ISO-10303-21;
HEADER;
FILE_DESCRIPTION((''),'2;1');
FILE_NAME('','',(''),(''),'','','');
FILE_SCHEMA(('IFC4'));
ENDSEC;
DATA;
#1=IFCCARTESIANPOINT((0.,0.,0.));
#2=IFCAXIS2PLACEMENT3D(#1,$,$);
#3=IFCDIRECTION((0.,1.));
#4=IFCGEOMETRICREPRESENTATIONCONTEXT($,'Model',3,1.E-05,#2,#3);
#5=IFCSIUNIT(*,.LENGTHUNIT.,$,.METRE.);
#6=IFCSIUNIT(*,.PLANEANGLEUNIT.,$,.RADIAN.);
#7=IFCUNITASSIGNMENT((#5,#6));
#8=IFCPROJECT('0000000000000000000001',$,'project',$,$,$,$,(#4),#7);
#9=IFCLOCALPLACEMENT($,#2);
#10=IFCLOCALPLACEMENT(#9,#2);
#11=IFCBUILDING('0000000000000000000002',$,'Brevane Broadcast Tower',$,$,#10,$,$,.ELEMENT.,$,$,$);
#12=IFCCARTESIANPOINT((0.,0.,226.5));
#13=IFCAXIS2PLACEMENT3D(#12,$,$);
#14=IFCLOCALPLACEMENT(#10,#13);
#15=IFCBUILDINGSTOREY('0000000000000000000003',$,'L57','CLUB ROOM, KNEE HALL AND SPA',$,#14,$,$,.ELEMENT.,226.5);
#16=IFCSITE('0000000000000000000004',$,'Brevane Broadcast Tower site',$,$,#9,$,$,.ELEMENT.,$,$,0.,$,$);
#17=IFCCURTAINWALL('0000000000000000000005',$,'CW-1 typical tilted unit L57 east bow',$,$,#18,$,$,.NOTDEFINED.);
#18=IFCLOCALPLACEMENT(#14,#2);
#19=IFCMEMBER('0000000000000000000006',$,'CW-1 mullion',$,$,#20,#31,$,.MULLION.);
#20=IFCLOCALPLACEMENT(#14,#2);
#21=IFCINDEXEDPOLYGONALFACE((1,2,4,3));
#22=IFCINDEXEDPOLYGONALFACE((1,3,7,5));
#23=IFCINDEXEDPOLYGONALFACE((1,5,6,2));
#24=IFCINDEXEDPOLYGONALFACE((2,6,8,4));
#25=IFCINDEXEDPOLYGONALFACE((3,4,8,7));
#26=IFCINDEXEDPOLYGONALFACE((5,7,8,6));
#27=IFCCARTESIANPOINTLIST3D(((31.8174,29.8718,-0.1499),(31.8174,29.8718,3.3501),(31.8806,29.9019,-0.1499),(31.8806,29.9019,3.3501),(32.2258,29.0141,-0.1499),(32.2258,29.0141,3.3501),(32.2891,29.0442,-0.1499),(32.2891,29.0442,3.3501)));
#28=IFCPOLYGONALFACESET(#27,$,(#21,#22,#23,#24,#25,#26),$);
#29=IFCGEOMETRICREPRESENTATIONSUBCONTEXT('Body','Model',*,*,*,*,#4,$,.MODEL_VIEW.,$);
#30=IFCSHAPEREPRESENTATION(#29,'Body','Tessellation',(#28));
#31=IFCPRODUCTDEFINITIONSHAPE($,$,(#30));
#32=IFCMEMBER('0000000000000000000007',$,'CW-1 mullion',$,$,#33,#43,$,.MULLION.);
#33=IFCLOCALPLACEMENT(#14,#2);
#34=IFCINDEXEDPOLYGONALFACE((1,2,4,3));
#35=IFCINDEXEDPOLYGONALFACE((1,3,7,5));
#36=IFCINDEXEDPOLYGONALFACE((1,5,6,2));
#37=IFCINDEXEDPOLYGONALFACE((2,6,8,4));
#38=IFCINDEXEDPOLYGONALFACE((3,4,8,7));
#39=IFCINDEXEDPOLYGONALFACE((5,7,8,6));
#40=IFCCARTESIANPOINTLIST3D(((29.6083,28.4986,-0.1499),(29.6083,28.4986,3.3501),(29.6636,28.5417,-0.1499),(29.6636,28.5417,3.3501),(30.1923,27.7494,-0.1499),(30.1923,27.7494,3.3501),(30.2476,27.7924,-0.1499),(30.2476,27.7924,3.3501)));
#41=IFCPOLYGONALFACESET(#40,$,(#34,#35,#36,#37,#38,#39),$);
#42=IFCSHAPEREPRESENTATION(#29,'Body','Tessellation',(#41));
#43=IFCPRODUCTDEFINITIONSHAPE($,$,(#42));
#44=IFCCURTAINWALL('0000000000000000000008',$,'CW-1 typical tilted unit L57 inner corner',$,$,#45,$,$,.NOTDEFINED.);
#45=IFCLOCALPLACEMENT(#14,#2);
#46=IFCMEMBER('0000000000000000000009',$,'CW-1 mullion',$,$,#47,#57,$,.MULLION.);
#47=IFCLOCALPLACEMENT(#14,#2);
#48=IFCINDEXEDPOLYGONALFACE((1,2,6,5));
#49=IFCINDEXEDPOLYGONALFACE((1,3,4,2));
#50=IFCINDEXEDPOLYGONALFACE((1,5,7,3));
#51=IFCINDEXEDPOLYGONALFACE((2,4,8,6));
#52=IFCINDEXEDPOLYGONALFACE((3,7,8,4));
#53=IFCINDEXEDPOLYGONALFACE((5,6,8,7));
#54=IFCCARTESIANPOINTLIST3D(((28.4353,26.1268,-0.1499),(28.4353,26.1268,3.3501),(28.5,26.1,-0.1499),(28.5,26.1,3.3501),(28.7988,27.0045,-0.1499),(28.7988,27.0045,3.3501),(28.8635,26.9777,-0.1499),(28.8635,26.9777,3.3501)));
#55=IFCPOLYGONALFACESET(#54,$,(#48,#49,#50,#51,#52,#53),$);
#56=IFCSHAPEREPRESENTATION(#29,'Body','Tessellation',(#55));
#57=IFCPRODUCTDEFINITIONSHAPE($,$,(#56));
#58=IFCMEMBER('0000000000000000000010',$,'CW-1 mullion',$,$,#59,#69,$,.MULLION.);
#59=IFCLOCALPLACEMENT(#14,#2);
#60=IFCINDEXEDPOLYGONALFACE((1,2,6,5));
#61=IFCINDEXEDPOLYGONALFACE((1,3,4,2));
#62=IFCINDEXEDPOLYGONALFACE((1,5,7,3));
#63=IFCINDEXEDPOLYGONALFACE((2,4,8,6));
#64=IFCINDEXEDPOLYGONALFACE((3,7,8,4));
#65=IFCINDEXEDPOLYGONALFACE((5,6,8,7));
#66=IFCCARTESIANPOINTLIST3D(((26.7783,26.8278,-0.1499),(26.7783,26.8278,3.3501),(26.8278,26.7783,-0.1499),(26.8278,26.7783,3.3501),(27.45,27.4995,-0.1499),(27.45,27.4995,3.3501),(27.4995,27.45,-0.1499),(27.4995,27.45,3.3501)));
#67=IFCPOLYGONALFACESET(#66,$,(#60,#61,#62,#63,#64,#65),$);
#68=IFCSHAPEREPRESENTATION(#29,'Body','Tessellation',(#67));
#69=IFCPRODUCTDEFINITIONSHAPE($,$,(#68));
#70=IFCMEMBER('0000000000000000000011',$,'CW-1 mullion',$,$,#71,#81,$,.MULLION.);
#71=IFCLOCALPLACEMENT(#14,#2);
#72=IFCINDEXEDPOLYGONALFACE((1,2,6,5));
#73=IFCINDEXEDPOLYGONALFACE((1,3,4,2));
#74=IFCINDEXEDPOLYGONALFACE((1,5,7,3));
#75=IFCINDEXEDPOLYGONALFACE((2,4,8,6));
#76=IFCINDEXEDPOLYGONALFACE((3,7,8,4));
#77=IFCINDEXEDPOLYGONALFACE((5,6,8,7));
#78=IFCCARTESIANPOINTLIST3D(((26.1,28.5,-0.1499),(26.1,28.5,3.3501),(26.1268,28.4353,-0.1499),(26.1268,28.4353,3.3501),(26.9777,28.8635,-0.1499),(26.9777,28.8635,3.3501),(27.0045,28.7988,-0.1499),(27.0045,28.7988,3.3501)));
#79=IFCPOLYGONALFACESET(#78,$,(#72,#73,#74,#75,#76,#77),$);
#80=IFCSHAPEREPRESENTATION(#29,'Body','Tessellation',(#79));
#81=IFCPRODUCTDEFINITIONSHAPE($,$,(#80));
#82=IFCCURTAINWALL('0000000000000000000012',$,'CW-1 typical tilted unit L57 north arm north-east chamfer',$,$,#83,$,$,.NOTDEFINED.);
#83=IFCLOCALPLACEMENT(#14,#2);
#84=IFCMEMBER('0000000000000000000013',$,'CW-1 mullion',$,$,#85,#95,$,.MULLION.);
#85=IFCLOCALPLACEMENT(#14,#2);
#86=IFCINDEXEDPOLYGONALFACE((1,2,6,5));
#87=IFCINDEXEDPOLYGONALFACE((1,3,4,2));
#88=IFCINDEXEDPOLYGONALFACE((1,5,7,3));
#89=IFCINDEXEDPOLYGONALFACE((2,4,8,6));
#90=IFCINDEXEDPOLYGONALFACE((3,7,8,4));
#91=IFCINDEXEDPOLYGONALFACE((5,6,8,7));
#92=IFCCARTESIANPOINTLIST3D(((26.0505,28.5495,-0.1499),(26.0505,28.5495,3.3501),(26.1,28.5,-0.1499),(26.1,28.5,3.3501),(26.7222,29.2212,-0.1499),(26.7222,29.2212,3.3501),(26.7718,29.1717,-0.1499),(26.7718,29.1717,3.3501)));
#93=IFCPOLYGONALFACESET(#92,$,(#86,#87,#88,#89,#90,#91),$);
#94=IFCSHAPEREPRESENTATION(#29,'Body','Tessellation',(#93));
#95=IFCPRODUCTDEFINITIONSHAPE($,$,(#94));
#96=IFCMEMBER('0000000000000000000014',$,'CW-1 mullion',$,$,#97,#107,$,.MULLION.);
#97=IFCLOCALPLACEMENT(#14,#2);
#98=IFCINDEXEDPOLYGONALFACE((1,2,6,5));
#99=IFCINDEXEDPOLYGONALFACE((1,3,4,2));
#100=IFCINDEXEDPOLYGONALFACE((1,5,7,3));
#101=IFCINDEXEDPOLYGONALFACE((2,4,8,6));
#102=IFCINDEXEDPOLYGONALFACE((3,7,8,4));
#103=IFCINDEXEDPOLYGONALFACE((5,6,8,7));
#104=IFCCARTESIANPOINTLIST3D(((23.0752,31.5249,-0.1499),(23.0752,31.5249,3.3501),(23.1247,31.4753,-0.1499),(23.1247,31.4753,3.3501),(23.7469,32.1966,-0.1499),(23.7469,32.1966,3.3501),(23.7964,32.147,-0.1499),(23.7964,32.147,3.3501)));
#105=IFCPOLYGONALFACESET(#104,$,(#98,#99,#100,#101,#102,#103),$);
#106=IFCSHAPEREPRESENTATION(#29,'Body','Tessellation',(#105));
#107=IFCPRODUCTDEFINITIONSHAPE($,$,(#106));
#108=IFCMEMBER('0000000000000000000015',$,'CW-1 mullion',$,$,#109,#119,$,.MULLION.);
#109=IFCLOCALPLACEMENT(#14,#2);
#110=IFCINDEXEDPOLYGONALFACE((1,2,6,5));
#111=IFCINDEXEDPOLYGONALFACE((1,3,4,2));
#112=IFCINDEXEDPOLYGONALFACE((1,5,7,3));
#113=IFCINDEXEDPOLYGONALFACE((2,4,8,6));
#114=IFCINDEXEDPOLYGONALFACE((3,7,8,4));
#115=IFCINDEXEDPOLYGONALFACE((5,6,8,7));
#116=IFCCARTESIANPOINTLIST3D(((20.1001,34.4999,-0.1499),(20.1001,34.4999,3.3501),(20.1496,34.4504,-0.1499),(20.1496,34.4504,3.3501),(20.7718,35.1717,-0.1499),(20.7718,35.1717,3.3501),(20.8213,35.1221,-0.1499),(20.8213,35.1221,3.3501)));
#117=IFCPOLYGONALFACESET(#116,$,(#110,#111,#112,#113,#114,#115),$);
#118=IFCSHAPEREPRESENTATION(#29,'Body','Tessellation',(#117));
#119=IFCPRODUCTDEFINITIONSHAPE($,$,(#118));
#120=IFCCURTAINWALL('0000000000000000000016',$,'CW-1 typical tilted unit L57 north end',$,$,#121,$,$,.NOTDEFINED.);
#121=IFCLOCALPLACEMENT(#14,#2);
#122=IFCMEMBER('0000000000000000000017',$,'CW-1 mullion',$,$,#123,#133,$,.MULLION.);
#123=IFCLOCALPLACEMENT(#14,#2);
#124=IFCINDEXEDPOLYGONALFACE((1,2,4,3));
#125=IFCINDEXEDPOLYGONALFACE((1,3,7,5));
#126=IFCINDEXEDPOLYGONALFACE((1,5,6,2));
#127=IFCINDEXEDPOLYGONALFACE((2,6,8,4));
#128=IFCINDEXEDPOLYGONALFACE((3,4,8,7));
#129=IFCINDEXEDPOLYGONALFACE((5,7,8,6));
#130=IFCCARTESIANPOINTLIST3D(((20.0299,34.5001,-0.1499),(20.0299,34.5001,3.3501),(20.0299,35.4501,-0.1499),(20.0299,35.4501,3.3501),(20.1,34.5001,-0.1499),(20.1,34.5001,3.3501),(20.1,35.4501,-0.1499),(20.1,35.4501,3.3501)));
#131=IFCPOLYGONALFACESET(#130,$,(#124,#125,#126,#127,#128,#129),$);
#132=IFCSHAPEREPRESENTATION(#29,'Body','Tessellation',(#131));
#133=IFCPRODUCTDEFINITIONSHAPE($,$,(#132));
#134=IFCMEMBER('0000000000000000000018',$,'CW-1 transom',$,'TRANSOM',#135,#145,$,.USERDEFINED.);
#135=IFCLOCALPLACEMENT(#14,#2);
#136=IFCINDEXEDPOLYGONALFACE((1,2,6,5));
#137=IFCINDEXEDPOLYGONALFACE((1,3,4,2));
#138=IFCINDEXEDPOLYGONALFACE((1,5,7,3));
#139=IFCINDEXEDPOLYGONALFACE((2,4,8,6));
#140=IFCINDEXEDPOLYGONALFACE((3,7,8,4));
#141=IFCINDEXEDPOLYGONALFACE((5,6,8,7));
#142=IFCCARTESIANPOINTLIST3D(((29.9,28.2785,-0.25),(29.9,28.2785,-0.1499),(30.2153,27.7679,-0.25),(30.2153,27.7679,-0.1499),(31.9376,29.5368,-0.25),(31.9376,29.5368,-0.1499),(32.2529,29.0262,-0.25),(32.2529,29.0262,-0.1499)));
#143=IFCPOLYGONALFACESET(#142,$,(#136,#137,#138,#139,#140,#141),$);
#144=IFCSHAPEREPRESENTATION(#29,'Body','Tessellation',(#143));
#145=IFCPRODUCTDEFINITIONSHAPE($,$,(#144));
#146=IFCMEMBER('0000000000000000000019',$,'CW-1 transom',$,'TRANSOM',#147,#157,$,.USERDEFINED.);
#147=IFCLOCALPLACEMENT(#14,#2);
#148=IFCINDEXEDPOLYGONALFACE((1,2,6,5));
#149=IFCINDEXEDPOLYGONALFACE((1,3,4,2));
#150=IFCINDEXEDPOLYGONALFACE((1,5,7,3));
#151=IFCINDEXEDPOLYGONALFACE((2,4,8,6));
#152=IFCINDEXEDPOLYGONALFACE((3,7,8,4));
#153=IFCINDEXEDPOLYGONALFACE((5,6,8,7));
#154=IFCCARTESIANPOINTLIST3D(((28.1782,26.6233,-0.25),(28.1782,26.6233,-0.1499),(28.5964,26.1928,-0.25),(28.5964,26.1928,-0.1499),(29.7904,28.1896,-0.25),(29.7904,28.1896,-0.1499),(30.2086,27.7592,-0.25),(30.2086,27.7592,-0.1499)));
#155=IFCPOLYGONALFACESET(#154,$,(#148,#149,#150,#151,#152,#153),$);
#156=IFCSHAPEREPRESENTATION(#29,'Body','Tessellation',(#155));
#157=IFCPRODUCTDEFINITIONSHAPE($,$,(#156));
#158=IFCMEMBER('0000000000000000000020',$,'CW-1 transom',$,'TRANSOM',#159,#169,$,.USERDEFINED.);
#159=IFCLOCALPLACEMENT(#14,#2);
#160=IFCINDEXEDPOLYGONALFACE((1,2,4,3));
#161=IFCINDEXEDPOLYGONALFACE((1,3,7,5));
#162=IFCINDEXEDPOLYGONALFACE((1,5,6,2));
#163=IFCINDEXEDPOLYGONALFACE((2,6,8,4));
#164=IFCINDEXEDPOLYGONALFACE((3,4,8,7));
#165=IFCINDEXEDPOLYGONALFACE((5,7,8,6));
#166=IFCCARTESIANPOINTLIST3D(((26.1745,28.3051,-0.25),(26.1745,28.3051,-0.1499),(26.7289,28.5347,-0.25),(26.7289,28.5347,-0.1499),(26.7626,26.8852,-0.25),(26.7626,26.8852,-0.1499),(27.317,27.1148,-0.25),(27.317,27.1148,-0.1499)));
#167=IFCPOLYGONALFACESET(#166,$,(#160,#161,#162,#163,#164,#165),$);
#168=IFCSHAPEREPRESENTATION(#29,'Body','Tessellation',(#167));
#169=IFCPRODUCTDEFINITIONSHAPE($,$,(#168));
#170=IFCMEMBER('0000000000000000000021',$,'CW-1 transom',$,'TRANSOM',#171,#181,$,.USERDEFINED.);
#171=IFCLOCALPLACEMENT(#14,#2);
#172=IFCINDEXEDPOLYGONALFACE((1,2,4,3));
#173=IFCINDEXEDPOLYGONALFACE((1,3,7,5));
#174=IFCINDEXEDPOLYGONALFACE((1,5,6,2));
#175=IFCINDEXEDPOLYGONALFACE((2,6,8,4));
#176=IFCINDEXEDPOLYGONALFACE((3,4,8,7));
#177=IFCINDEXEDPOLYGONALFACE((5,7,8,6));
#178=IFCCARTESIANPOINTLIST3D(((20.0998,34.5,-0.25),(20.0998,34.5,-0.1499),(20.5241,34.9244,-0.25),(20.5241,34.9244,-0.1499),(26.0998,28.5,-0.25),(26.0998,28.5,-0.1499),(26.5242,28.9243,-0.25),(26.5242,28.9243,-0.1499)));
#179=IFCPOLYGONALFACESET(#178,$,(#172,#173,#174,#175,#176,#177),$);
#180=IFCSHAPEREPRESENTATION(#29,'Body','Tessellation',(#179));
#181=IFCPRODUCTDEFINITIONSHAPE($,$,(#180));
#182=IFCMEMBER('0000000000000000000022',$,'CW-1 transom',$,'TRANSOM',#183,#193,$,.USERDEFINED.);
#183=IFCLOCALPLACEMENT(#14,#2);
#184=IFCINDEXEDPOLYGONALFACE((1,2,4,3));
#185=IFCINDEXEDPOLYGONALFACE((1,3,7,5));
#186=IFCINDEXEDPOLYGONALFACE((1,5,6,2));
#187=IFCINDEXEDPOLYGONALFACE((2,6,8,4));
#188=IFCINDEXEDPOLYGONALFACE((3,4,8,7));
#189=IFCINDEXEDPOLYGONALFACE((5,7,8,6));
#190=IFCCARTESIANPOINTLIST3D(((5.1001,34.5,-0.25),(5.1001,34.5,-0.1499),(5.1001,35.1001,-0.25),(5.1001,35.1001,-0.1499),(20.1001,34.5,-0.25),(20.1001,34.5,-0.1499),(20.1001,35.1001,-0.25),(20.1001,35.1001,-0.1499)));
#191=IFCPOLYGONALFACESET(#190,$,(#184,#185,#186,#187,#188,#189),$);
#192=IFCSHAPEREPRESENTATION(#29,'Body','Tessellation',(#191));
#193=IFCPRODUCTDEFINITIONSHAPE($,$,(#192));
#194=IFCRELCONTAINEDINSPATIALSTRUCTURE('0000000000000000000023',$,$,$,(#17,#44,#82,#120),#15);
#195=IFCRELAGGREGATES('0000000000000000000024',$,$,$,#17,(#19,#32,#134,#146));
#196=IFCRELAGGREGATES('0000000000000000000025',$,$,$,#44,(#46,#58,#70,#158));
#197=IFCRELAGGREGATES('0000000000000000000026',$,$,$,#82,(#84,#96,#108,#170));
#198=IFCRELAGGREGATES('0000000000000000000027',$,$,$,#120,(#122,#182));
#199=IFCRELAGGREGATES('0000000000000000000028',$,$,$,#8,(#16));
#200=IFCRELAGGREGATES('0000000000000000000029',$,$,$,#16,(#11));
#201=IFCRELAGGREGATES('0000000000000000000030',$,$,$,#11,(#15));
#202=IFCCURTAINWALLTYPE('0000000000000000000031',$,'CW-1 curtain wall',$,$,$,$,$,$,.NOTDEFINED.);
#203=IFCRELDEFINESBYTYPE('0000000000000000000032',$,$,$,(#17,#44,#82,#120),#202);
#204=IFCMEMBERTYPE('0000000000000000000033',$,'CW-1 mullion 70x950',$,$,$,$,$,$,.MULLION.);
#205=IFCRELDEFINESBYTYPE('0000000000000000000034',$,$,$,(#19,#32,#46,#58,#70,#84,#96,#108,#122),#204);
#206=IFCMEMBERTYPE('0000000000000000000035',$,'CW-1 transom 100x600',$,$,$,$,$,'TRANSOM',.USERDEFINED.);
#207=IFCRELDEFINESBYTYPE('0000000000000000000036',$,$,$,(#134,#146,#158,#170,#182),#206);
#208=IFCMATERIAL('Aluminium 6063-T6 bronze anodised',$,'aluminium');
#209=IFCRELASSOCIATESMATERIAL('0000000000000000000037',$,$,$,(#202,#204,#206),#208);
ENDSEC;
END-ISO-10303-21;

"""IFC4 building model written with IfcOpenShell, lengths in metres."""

from ifc_helpers import new_model, si_unit, direction, frame, origin, origin_2d, place, context, subcontext, project, spatial, rectangle, extrude, material, material_profile, profile_set, type_object, element, aggregate, save


model = new_model("IFC4")

# Units and contexts
model_context = context("Model", 3, precision=1e-05, world=origin(), true_north=direction((0.0, 1.0)))
body_context = subcontext(model_context, "Body", "Model", "MODEL_VIEW")
ifc_project = project(units=[si_unit("LENGTHUNIT", "METRE"), si_unit("PLANEANGLEUNIT", "RADIAN")], contexts=[model_context])

# Site, building, storey
site_placement = place(None, origin())
site = spatial("IfcSite", under=ifc_project, at=site_placement, Name="Brevane Broadcast Tower site", CompositionType="ELEMENT", RefElevation=0.0)
building_placement = place(site_placement, origin())
building = spatial("IfcBuilding", under=site, at=building_placement, Name="Brevane Broadcast Tower", CompositionType="ELEMENT")
storey_placement = place(building_placement, frame((0.0, 0.0, 226.5)))
storey = spatial("IfcBuildingStorey", under=building, at=storey_placement, Name="L57", Description="CLUB ROOM, KNEE HALL AND SPA", CompositionType="ELEMENT", Elevation=226.5)

# Curtain walls, members
ifc_material_1 = material(Name="Aluminium 6063-T6 bronze anodised", Category="aluminium")
curtain_wall_type = type_object("IfcCurtainWallType", Name="CW-1 curtain wall", PredefinedType="NOTDEFINED", material=ifc_material_1)
curtain_wall_1_placement = place(storey_placement, origin())
curtain_wall_1 = element("IfcCurtainWall", 1, at=curtain_wall_1_placement, inside=storey, type_object=curtain_wall_type, Name="CW-1 typical tilted unit L57 east bow", PredefinedType="NOTDEFINED")
ifc_material_profile_1 = material_profile(ifc_material_1, rectangle(XDim=0.95, YDim=0.0701, at=origin_2d()), Name="RECT 70x950")
ifc_profile_set_1 = profile_set([ifc_material_profile_1], Name="Aluminium 6063-T6 bronze anodised")
member_type_1 = type_object("IfcMemberType", Name="CW-1 mullion 70x950", PredefinedType="MULLION", material=ifc_profile_set_1)
member_1_placement = place(storey_placement, frame((32.0532, 29.458, -0.1499), z_axis=(0.0, 0.0, 1.0), x_axis=(0.429934, -0.902861, 0.0)))
member_1 = element("IfcMember", 2, at=member_1_placement, type_object=member_type_1, Name="CW-1 mullion", PredefinedType="MULLION", context=body_context, shape_type="SweptSolid", body=[
    extrude(rectangle(XDim=0.95, YDim=0.0701, at=origin_2d()), origin(), (0.0, 0.0, 1.0), 3.5),
])
member_2_placement = place(storey_placement, frame((29.928, 28.1455, -0.1499), z_axis=(0.0, 0.0, 1.0), x_axis=(0.61477, -0.788707, 0.0)))
member_2 = element("IfcMember", 3, at=member_2_placement, type_object=member_type_1, Name="CW-1 mullion", PredefinedType="MULLION", context=body_context, shape_type="SweptSolid", body=[
    extrude(rectangle(XDim=0.95, YDim=0.0701, at=origin_2d()), origin(), (0.0, 0.0, 1.0), 3.5),
])
curtain_wall_2_placement = place(storey_placement, origin())
curtain_wall_2 = element("IfcCurtainWall", 4, at=curtain_wall_2_placement, inside=storey, type_object=curtain_wall_type, Name="CW-1 typical tilted unit L57 inner corner", PredefinedType="NOTDEFINED")
member_3_placement = place(storey_placement, frame((28.6494, 26.5522, -0.1499), z_axis=(0.0, 0.0, 1.0), x_axis=(-0.382683, -0.92388, 0.0)))
member_3 = element("IfcMember", 5, at=member_3_placement, type_object=member_type_1, Name="CW-1 mullion", PredefinedType="MULLION", context=body_context, shape_type="SweptSolid", body=[
    extrude(rectangle(XDim=0.95, YDim=0.0701, at=origin_2d()), origin(), (0.0, 0.0, 1.0), 3.5),
])
member_4_placement = place(storey_placement, frame((27.1389, 27.1389, -0.1499), z_axis=(0.0, 0.0, 1.0), x_axis=(-0.707107, -0.707107, 0.0)))
member_4 = element("IfcMember", 6, at=member_4_placement, type_object=member_type_1, Name="CW-1 mullion", PredefinedType="MULLION", context=body_context, shape_type="SweptSolid", body=[
    extrude(rectangle(XDim=0.95, YDim=0.0701, at=origin_2d()), origin(), (0.0, 0.0, 1.0), 3.5),
])
member_5_placement = place(storey_placement, frame((26.5522, 28.6494, -0.1499), z_axis=(0.0, 0.0, 1.0), x_axis=(-0.92388, -0.382683, 0.0)))
member_5 = element("IfcMember", 7, at=member_5_placement, type_object=member_type_1, Name="CW-1 mullion", PredefinedType="MULLION", context=body_context, shape_type="SweptSolid", body=[
    extrude(rectangle(XDim=0.95, YDim=0.0701, at=origin_2d()), origin(), (0.0, 0.0, 1.0), 3.5),
])
curtain_wall_3_placement = place(storey_placement, origin())
curtain_wall_3 = element("IfcCurtainWall", 8, at=curtain_wall_3_placement, inside=storey, type_object=curtain_wall_type, Name="CW-1 typical tilted unit L57 north arm north-east chamfer", PredefinedType="NOTDEFINED")
member_6_placement = place(storey_placement, frame((26.4111, 28.8606, -0.1499), z_axis=(0.0, 0.0, 1.0), x_axis=(-0.707107, -0.707107, 0.0)))
member_6 = element("IfcMember", 9, at=member_6_placement, type_object=member_type_1, Name="CW-1 mullion", PredefinedType="MULLION", context=body_context, shape_type="SweptSolid", body=[
    extrude(rectangle(XDim=0.95, YDim=0.0701, at=origin_2d()), origin(), (0.0, 0.0, 1.0), 3.5),
])
member_7_placement = place(storey_placement, frame((23.4358, 31.8359, -0.1499), z_axis=(0.0, 0.0, 1.0), x_axis=(-0.707107, -0.707107, 0.0)))
member_7 = element("IfcMember", 10, at=member_7_placement, type_object=member_type_1, Name="CW-1 mullion", PredefinedType="MULLION", context=body_context, shape_type="SweptSolid", body=[
    extrude(rectangle(XDim=0.95, YDim=0.0701, at=origin_2d()), origin(), (0.0, 0.0, 1.0), 3.5),
])
member_8_placement = place(storey_placement, frame((20.4607, 34.811, -0.1499), z_axis=(0.0, 0.0, 1.0), x_axis=(-0.707107, -0.707107, 0.0)))
member_8 = element("IfcMember", 11, at=member_8_placement, type_object=member_type_1, Name="CW-1 mullion", PredefinedType="MULLION", context=body_context, shape_type="SweptSolid", body=[
    extrude(rectangle(XDim=0.95, YDim=0.0701, at=origin_2d()), origin(), (0.0, 0.0, 1.0), 3.5),
])

# Curtain wall, member
curtain_wall_4_placement = place(storey_placement, origin())
curtain_wall_4 = element("IfcCurtainWall", 12, at=curtain_wall_4_placement, inside=storey, type_object=curtain_wall_type, Name="CW-1 typical tilted unit L57 north end", PredefinedType="NOTDEFINED")
member_9_placement = place(storey_placement, frame((20.0649, 34.9751, -0.1499), z_axis=(0.0, 0.0, 1.0), x_axis=(0.0, -1.0, 0.0)))
member_9 = element("IfcMember", 13, at=member_9_placement, type_object=member_type_1, Name="CW-1 mullion", PredefinedType="MULLION", context=body_context, shape_type="SweptSolid", body=[
    extrude(rectangle(XDim=0.95, YDim=0.0701, at=origin_2d()), origin(), (0.0, 0.0, 1.0), 3.5),
])

# Members
ifc_material_profile_2 = material_profile(ifc_material_1, rectangle(XDim=0.6001, YDim=0.1001, at=origin_2d()), Name="RECT 100x600")
ifc_profile_set_2 = profile_set([ifc_material_profile_2], Name="Aluminium 6063-T6 bronze anodised")
member_type_2 = type_object("IfcMemberType", Name="CW-1 transom 100x600", ElementType="TRANSOM", PredefinedType="USERDEFINED", material=ifc_profile_set_2)
member_10_placement = place(storey_placement, frame((32.0952, 29.2815, -0.2), z_axis=(-0.850838, -0.525428, 0.0), x_axis=(0.525428, -0.850838, 0.0)))
member_10 = element("IfcMember", 14, at=member_10_placement, type_object=member_type_2, Name="CW-1 transom", ObjectType="TRANSOM", PredefinedType="USERDEFINED", context=body_context, shape_type="SweptSolid", body=[
    extrude(rectangle(XDim=0.6001, YDim=0.1001, at=origin_2d()), origin(), (0.0, 0.0, 1.0), 2.3948),
])
member_11_placement = place(storey_placement, frame((29.9995, 27.9744, -0.2), z_axis=(-0.717242, -0.696824, 0.0), x_axis=(0.696824, -0.717242, 0.0)))
member_11 = element("IfcMember", 15, at=member_11_placement, type_object=member_type_2, Name="CW-1 transom", ObjectType="TRANSOM", PredefinedType="USERDEFINED", context=body_context, shape_type="SweptSolid", body=[
    extrude(rectangle(XDim=0.6001, YDim=0.1001, at=origin_2d()), origin(), (0.0, 0.0, 1.0), 2.2478),
])
aggregate(curtain_wall_1, [member_1, member_2, member_10, member_11])
member_12_placement = place(storey_placement, frame((27.0398, 27.0, -0.2), z_axis=(-0.382674, 0.923883, 0.0), x_axis=(-0.923883, -0.382674, 0.0)))
member_12 = element("IfcMember", 16, at=member_12_placement, type_object=member_type_2, Name="CW-1 transom", ObjectType="TRANSOM", PredefinedType="USERDEFINED", context=body_context, shape_type="SweptSolid", body=[
    extrude(rectangle(XDim=0.6001, YDim=0.1001, at=origin_2d()), origin(), (0.0, 0.0, 1.0), 1.5369),
])
aggregate(curtain_wall_2, [member_3, member_4, member_5, member_12])
member_13_placement = place(storey_placement, frame((26.312, 28.7122, -0.2), z_axis=(-0.707107, 0.707107, 0.0), x_axis=(-0.707107, -0.707107, 0.0)))
member_13 = element("IfcMember", 17, at=member_13_placement, type_object=member_type_2, Name="CW-1 transom", ObjectType="TRANSOM", PredefinedType="USERDEFINED", context=body_context, shape_type="SweptSolid", body=[
    extrude(rectangle(XDim=0.6001, YDim=0.1001, at=origin_2d()), origin(), (0.0, 0.0, 1.0), 8.4854),
])
aggregate(curtain_wall_3, [member_6, member_7, member_8, member_13])
member_14_placement = place(storey_placement, frame((20.1001, 34.8, -0.2), z_axis=(-1.0, 0.0, 0.0), x_axis=(0.0, -1.0, 0.0)))
member_14 = element("IfcMember", 18, at=member_14_placement, type_object=member_type_2, Name="CW-1 transom", ObjectType="TRANSOM", PredefinedType="USERDEFINED", context=body_context, shape_type="SweptSolid", body=[
    extrude(rectangle(XDim=0.6001, YDim=0.1001, at=origin_2d()), origin(), (0.0, 0.0, 1.0), 15.0),
])
aggregate(curtain_wall_4, [member_9, member_14])

save(model, "model.ifc")
